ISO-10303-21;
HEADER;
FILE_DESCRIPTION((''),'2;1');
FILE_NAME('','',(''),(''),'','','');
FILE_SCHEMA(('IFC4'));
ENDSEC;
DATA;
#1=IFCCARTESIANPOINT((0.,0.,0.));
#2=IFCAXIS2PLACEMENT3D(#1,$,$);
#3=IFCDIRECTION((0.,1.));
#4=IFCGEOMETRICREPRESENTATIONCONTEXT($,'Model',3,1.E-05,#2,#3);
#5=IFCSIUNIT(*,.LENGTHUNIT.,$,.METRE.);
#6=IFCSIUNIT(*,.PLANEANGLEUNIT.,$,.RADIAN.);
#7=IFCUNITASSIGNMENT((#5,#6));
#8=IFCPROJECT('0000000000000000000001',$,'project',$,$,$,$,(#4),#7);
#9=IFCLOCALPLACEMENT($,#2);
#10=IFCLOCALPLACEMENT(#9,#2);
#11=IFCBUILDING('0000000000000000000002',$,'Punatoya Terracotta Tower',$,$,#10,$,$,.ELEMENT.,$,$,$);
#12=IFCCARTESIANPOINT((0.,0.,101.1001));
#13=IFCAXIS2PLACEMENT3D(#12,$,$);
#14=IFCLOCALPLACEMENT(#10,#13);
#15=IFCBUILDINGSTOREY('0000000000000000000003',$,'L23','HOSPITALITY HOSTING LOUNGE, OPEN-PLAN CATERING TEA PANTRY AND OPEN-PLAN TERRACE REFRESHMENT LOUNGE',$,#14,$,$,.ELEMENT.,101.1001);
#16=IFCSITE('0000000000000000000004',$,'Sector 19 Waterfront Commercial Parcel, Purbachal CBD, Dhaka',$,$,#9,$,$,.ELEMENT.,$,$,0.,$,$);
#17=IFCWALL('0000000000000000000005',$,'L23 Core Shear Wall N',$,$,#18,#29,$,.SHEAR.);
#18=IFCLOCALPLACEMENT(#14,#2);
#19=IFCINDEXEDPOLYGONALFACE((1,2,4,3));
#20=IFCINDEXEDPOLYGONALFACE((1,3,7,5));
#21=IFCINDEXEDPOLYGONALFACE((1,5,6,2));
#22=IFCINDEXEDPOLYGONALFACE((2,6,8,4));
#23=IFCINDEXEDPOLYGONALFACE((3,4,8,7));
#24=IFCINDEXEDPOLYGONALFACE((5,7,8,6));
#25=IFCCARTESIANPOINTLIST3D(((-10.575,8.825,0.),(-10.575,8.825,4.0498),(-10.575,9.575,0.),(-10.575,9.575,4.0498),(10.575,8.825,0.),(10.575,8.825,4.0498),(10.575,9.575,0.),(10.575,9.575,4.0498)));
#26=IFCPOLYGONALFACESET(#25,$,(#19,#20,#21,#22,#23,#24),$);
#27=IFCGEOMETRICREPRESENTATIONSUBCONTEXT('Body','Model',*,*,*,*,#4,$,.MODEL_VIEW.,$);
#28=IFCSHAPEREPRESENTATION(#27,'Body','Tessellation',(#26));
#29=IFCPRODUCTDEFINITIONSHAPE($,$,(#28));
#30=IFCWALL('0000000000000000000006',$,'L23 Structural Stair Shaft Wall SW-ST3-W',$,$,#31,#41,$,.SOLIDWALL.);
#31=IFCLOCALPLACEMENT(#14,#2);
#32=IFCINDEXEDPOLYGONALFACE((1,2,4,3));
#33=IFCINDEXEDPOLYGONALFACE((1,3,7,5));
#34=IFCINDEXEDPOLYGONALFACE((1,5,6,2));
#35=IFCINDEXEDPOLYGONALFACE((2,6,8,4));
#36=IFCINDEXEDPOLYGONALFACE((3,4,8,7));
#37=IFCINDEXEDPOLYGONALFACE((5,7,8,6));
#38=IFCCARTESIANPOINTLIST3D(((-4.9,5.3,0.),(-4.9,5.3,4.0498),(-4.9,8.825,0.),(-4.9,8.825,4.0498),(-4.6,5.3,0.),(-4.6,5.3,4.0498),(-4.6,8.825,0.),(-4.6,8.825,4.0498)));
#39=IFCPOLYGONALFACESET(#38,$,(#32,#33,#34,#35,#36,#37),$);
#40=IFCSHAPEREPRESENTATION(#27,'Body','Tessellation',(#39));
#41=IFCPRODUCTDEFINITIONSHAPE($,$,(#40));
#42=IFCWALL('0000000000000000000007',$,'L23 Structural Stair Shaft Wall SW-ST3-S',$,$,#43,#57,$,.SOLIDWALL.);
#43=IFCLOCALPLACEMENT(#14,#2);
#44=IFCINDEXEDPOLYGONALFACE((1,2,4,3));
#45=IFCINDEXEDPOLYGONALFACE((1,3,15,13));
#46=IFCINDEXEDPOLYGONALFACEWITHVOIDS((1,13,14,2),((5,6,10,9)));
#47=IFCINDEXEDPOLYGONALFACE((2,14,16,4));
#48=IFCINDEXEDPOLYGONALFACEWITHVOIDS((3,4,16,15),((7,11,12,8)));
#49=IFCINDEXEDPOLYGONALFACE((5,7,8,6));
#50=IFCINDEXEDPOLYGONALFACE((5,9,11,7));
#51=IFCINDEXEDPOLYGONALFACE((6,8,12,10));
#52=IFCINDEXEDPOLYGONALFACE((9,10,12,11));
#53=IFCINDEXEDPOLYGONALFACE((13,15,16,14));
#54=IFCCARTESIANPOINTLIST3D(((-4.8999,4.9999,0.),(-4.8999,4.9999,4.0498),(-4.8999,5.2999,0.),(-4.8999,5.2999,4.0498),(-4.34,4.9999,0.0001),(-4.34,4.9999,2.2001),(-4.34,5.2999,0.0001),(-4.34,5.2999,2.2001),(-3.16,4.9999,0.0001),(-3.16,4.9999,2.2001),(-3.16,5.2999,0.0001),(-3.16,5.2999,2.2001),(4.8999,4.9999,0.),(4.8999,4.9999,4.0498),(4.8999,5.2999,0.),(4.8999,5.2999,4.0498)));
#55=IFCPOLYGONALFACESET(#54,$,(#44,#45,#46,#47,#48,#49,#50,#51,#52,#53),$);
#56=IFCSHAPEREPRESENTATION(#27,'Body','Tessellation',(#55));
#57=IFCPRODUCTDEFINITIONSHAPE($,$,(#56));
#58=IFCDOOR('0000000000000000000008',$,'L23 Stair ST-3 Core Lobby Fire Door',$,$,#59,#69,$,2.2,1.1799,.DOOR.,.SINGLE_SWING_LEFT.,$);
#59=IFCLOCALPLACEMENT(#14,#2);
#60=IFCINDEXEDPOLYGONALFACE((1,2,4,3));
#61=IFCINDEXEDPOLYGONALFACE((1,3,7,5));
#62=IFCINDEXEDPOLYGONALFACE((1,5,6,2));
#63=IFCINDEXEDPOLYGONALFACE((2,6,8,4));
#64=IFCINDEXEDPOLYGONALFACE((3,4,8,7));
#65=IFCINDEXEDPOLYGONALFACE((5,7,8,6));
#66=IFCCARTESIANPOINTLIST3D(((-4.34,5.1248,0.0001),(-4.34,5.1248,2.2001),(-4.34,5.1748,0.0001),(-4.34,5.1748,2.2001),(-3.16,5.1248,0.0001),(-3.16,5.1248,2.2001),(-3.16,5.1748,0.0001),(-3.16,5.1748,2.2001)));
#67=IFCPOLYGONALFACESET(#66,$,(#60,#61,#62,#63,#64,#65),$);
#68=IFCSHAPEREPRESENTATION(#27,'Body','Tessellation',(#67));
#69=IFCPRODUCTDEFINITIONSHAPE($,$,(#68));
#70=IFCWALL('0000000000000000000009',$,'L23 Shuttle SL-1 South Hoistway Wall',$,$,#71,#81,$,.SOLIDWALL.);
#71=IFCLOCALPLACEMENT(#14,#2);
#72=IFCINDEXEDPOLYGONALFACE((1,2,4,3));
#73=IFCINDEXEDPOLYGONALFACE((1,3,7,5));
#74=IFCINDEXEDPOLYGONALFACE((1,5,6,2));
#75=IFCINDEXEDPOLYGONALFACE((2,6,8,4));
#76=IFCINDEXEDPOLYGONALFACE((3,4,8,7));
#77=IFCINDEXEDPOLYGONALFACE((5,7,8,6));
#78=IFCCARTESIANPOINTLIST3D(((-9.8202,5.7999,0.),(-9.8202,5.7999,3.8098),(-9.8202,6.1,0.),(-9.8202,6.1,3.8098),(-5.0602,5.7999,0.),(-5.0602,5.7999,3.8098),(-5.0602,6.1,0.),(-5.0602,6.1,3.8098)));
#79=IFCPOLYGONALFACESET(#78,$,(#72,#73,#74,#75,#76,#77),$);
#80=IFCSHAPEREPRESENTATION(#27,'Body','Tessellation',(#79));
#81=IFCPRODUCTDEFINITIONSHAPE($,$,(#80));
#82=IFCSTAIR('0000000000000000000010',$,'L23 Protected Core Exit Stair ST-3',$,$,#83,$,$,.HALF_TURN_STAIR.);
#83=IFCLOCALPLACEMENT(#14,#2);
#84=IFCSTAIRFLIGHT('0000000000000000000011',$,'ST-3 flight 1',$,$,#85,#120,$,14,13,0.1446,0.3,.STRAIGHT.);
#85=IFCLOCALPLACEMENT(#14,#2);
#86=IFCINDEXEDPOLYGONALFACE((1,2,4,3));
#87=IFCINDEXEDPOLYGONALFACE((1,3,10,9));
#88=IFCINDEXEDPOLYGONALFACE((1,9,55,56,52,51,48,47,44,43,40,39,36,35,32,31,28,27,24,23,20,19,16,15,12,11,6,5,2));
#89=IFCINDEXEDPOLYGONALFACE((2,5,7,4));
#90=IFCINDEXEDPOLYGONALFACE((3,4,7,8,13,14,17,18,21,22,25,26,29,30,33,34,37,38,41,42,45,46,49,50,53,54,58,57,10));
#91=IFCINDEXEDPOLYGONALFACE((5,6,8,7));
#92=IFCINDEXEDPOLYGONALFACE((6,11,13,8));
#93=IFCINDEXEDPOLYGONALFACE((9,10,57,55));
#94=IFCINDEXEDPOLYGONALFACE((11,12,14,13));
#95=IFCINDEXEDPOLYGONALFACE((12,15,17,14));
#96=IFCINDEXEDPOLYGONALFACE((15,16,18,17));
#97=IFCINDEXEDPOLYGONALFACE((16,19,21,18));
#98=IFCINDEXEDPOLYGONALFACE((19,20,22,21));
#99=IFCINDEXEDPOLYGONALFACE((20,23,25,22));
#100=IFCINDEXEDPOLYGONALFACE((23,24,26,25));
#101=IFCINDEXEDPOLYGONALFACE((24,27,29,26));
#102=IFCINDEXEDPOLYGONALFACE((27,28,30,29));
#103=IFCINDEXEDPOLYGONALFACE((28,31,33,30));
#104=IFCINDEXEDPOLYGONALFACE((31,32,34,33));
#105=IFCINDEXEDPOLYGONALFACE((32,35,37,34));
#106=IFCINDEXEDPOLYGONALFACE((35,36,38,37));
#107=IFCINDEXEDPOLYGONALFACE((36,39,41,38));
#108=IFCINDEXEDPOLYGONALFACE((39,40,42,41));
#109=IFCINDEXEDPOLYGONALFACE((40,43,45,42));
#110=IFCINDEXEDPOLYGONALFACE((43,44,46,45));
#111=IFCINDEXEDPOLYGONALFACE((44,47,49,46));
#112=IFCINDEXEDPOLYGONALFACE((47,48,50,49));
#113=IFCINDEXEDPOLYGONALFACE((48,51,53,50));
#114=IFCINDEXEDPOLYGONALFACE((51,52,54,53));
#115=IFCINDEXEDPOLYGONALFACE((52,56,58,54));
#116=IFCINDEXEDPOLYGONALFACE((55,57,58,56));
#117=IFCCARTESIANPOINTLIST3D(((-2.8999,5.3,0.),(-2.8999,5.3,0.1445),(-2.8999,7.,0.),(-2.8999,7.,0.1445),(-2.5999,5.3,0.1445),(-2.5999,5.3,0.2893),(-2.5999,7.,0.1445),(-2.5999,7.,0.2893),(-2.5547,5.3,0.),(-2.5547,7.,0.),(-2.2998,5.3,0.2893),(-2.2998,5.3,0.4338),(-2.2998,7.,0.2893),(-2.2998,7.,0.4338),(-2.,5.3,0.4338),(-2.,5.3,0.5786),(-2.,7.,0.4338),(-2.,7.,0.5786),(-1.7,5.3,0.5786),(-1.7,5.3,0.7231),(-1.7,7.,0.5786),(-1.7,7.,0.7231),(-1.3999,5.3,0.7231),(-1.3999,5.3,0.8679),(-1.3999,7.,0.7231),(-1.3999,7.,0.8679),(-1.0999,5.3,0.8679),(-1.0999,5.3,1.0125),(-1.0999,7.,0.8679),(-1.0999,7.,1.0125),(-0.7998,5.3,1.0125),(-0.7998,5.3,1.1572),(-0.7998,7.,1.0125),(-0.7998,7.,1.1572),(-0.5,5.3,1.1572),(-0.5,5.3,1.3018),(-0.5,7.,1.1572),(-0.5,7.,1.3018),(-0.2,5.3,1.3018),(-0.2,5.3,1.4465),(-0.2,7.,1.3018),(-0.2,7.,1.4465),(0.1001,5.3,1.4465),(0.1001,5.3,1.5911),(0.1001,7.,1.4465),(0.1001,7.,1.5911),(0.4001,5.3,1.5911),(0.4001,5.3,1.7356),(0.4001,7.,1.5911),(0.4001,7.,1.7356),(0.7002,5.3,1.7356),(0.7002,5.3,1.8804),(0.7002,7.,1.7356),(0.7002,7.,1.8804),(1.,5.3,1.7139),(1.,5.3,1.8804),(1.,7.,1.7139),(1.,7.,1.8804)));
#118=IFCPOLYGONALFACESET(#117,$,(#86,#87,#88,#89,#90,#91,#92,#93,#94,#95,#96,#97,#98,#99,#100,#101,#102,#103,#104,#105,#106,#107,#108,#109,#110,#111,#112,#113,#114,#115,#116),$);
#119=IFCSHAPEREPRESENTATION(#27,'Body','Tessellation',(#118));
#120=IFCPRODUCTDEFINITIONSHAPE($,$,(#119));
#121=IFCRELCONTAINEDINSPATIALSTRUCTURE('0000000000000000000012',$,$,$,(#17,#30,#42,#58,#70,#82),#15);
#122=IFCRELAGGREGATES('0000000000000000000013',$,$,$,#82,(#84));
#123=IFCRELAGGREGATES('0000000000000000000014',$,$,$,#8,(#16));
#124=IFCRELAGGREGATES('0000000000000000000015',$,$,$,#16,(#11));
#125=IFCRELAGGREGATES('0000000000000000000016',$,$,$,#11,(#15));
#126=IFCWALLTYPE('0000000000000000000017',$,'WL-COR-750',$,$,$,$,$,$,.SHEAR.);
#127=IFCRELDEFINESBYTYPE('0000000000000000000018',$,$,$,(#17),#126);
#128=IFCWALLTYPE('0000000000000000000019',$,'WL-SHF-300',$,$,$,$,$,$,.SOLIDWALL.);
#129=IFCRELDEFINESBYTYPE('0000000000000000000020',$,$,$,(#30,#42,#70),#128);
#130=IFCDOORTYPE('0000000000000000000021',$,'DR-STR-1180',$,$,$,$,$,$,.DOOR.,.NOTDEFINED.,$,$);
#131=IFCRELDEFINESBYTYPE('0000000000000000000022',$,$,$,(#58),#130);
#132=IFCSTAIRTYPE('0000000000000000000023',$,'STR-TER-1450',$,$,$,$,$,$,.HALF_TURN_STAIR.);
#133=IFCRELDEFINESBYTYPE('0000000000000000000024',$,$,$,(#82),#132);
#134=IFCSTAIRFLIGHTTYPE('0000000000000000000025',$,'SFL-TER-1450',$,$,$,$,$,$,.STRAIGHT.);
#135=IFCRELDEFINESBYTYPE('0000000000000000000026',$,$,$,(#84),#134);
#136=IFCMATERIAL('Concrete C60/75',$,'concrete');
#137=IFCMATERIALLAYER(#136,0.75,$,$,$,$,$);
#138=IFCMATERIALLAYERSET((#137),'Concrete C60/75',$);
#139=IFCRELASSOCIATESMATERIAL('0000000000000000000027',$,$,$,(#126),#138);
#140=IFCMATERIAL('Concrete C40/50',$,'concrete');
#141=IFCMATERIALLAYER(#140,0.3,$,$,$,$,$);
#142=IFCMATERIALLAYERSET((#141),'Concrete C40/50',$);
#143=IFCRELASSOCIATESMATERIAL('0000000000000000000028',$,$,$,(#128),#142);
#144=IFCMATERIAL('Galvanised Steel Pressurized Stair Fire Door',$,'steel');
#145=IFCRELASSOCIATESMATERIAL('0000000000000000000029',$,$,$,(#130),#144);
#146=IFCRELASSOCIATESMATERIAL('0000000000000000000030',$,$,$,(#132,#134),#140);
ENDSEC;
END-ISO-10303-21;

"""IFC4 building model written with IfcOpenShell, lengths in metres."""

from ifc_helpers import new_model, si_unit, direction, frame, frame_2d, origin, place, context, subcontext, project, spatial, polyline, rectangle, outline, extrude, material, layer, layer_set, type_object, element, fill, aggregate, save


model = new_model("IFC4")

# Units and contexts
model_context = context("Model", 3, precision=1e-05, world=origin(), true_north=direction((0.0, 1.0)))
body_context = subcontext(model_context, "Body", "Model", "MODEL_VIEW")
ifc_project = project(units=[si_unit("LENGTHUNIT", "METRE"), si_unit("PLANEANGLEUNIT", "RADIAN")], contexts=[model_context])

# Site, building, storey
site_placement = place(None, origin())
site = spatial("IfcSite", under=ifc_project, at=site_placement, Name="Sector 19 Waterfront Commercial Parcel, Purbachal CBD, Dhaka", CompositionType="ELEMENT", RefElevation=0.0)
building_placement = place(site_placement, origin())
building = spatial("IfcBuilding", under=site, at=building_placement, Name="Punatoya Terracotta Tower", CompositionType="ELEMENT")
storey_placement = place(building_placement, frame((0.0, 0.0, 101.1001)))
storey = spatial("IfcBuildingStorey", under=building, at=storey_placement, Name="L23", Description="HOSPITALITY HOSTING LOUNGE, OPEN-PLAN CATERING TEA PANTRY AND OPEN-PLAN TERRACE REFRESHMENT LOUNGE", CompositionType="ELEMENT", Elevation=101.1001)

# Shared definitions
ifc_material_1 = material(Name="Concrete C40/50", Category="concrete")

# Walls
ifc_material_2 = material(Name="Concrete C60/75", Category="concrete")
ifc_layer_1 = layer(ifc_material_2, 0.75)
ifc_layer_set_1 = layer_set([ifc_layer_1], Name="Concrete C60/75")
wall_type_1 = type_object("IfcWallType", Name="WL-COR-750", PredefinedType="SHEAR", material=ifc_layer_set_1)
wall_1_placement = place(storey_placement, frame((-10.575, 9.2, 0.0), z_axis=(0.0, 0.0, 1.0), x_axis=(1.0, 0.0, 0.0)))
element("IfcWall", 1, at=wall_1_placement, inside=storey, type_object=wall_type_1, Name="L23 Core Shear Wall N", PredefinedType="SHEAR", context=body_context, shape_type="SweptSolid", body=[
    extrude(rectangle(XDim=21.1499, YDim=0.75, at=frame_2d((10.575, 0.0))), origin(), (0.0, 0.0, 1.0), 4.0498),
])
ifc_layer_2 = layer(ifc_material_1, 0.3)
ifc_layer_set_2 = layer_set([ifc_layer_2], Name="Concrete C40/50")
wall_type_2 = type_object("IfcWallType", Name="WL-SHF-300", PredefinedType="SOLIDWALL", material=ifc_layer_set_2)
wall_2_placement = place(storey_placement, frame((-4.75, 5.3, 0.0), z_axis=(0.0, 0.0, 1.0), x_axis=(0.0, 1.0, 0.0)))
element("IfcWall", 2, at=wall_2_placement, inside=storey, type_object=wall_type_2, Name="L23 Structural Stair Shaft Wall SW-ST3-W", PredefinedType="SOLIDWALL", context=body_context, shape_type="SweptSolid", body=[
    extrude(rectangle(XDim=3.5249, YDim=0.3, at=frame_2d((1.7625, 0.0))), origin(), (0.0, 0.0, 1.0), 4.0498),
])

# Wall, opening, door
wall_3_placement = place(storey_placement, frame((-4.8999, 5.1499, 0.0), z_axis=(0.0, 0.0, 1.0), x_axis=(1.0, 0.0, 0.0)))
wall_3 = element("IfcWall", 3, at=wall_3_placement, inside=storey, type_object=wall_type_2, Name="L23 Structural Stair Shaft Wall SW-ST3-S", PredefinedType="SOLIDWALL", context=body_context, shape_type="SweptSolid", body=[
    extrude(rectangle(XDim=9.7998, YDim=0.3, at=frame_2d((4.8999, 0.0))), origin(), (0.0, 0.0, 1.0), 4.0498),
])
opening_1_placement = place(wall_3_placement, frame((0.5601, 0.0, 0.0)))
opening_1 = element("IfcOpeningElement", 4, at=opening_1_placement, cuts=wall_3, PredefinedType="OPENING", context=body_context, shape_type="SweptSolid", body=[
    extrude(rectangle(XDim=1.1799, YDim=2.2, at=frame_2d((0.5898, 1.1001))), frame((0.0, 0.1599, 0.0), z_axis=(0.0, -1.0, 0.0), x_axis=(1.0, 0.0, 0.0)), (0.0, 0.0, 1.0), 0.3201),
])
ifc_material_3 = material(Name="Galvanised Steel Pressurized Stair Fire Door", Category="steel")
door_type_1 = type_object("IfcDoorType", Name="DR-STR-1180", OperationType="NOTDEFINED", PredefinedType="DOOR", material=ifc_material_3)
door_1_placement = place(opening_1_placement, origin())
door_1 = element("IfcDoor", 5, at=door_1_placement, inside=storey, type_object=door_type_1, Name="L23 Stair ST-3 Core Lobby Fire Door", OperationType="SINGLE_SWING_LEFT", OverallHeight=2.2, OverallWidth=1.1799, PredefinedType="DOOR", context=body_context, shape_type="SweptSolid", body=[
    extrude(rectangle(XDim=1.1799, YDim=2.2, at=frame_2d((0.5898, 1.1001))), frame((0.0, 0.0249, 0.0), z_axis=(0.0, -1.0, 0.0), x_axis=(1.0, 0.0, 0.0)), (0.0, 0.0, 1.0), 0.05),
])
fill(opening_1, door_1)

# Wall
wall_4_placement = place(storey_placement, frame((-9.8201, 5.95, 0.0), z_axis=(0.0, 0.0, 1.0), x_axis=(1.0, 0.0, 0.0)))
element("IfcWall", 6, at=wall_4_placement, inside=storey, type_object=wall_type_2, Name="L23 Shuttle SL-1 South Hoistway Wall", PredefinedType="SOLIDWALL", context=body_context, shape_type="SweptSolid", body=[
    extrude(rectangle(XDim=4.76, YDim=0.3, at=frame_2d((2.3799, 0.0))), origin(), (0.0, 0.0, 1.0), 3.8098),
])

# Stair, stair flight
stair_type = type_object("IfcStairType", Name="STR-TER-1450", PredefinedType="HALF_TURN_STAIR", material=ifc_material_1)
stair_placement = place(storey_placement, origin())
stair = element("IfcStair", 7, at=stair_placement, inside=storey, type_object=stair_type, Name="L23 Protected Core Exit Stair ST-3", PredefinedType="HALF_TURN_STAIR")
stair_flight_type = type_object("IfcStairFlightType", Name="SFL-TER-1450", PredefinedType="STRAIGHT", material=ifc_material_1)
stair_flight_placement = place(storey_placement, frame((-2.8999, 6.1499, 0.0), z_axis=(0.0, 0.0, 1.0), x_axis=(1.0, 0.0, 0.0)))
stair_flight = element("IfcStairFlight", 8, at=stair_flight_placement, type_object=stair_flight_type, Name="ST-3 flight 1", NumberOfRisers=14, NumberOfTreads=13, PredefinedType="STRAIGHT", RiserHeight=0.1446, TreadLength=0.3, context=body_context, shape_type="SweptSolid", body=[
    extrude(outline(polyline([(0.0, 0.0), (0.0, 0.1445), (0.3, 0.1445), (0.3, 0.2893), (0.6001, 0.2893), (0.6001, 0.4338), (0.8999, 0.4338), (0.8999, 0.5786), (1.2, 0.5786), (1.2, 0.7231), (1.5, 0.7231), (1.5, 0.8679), (1.8, 0.8679), (1.8, 1.0125), (2.1001, 1.0125), (2.1001, 1.1572), (2.3999, 1.1572), (2.3999, 1.3018), (2.7, 1.3018), (2.7, 1.4465), (3.0, 1.4465), (3.0, 1.5911), (3.3, 1.5911), (3.3, 1.7356), (3.6001, 1.7356), (3.6001, 1.8804), (3.8999, 1.8804), (3.8999, 2.0249), (3.8999, 1.7139), (0.3452, 0.0), (0.0, 0.0)])), frame((0.0, 0.8501, 0.0), z_axis=(0.0, -1.0, 0.0), x_axis=(1.0, 0.0, 0.0)), (0.0, 0.0, 1.0), 1.7),
])
aggregate(stair, [stair_flight])

save(model, "model.ifc")
